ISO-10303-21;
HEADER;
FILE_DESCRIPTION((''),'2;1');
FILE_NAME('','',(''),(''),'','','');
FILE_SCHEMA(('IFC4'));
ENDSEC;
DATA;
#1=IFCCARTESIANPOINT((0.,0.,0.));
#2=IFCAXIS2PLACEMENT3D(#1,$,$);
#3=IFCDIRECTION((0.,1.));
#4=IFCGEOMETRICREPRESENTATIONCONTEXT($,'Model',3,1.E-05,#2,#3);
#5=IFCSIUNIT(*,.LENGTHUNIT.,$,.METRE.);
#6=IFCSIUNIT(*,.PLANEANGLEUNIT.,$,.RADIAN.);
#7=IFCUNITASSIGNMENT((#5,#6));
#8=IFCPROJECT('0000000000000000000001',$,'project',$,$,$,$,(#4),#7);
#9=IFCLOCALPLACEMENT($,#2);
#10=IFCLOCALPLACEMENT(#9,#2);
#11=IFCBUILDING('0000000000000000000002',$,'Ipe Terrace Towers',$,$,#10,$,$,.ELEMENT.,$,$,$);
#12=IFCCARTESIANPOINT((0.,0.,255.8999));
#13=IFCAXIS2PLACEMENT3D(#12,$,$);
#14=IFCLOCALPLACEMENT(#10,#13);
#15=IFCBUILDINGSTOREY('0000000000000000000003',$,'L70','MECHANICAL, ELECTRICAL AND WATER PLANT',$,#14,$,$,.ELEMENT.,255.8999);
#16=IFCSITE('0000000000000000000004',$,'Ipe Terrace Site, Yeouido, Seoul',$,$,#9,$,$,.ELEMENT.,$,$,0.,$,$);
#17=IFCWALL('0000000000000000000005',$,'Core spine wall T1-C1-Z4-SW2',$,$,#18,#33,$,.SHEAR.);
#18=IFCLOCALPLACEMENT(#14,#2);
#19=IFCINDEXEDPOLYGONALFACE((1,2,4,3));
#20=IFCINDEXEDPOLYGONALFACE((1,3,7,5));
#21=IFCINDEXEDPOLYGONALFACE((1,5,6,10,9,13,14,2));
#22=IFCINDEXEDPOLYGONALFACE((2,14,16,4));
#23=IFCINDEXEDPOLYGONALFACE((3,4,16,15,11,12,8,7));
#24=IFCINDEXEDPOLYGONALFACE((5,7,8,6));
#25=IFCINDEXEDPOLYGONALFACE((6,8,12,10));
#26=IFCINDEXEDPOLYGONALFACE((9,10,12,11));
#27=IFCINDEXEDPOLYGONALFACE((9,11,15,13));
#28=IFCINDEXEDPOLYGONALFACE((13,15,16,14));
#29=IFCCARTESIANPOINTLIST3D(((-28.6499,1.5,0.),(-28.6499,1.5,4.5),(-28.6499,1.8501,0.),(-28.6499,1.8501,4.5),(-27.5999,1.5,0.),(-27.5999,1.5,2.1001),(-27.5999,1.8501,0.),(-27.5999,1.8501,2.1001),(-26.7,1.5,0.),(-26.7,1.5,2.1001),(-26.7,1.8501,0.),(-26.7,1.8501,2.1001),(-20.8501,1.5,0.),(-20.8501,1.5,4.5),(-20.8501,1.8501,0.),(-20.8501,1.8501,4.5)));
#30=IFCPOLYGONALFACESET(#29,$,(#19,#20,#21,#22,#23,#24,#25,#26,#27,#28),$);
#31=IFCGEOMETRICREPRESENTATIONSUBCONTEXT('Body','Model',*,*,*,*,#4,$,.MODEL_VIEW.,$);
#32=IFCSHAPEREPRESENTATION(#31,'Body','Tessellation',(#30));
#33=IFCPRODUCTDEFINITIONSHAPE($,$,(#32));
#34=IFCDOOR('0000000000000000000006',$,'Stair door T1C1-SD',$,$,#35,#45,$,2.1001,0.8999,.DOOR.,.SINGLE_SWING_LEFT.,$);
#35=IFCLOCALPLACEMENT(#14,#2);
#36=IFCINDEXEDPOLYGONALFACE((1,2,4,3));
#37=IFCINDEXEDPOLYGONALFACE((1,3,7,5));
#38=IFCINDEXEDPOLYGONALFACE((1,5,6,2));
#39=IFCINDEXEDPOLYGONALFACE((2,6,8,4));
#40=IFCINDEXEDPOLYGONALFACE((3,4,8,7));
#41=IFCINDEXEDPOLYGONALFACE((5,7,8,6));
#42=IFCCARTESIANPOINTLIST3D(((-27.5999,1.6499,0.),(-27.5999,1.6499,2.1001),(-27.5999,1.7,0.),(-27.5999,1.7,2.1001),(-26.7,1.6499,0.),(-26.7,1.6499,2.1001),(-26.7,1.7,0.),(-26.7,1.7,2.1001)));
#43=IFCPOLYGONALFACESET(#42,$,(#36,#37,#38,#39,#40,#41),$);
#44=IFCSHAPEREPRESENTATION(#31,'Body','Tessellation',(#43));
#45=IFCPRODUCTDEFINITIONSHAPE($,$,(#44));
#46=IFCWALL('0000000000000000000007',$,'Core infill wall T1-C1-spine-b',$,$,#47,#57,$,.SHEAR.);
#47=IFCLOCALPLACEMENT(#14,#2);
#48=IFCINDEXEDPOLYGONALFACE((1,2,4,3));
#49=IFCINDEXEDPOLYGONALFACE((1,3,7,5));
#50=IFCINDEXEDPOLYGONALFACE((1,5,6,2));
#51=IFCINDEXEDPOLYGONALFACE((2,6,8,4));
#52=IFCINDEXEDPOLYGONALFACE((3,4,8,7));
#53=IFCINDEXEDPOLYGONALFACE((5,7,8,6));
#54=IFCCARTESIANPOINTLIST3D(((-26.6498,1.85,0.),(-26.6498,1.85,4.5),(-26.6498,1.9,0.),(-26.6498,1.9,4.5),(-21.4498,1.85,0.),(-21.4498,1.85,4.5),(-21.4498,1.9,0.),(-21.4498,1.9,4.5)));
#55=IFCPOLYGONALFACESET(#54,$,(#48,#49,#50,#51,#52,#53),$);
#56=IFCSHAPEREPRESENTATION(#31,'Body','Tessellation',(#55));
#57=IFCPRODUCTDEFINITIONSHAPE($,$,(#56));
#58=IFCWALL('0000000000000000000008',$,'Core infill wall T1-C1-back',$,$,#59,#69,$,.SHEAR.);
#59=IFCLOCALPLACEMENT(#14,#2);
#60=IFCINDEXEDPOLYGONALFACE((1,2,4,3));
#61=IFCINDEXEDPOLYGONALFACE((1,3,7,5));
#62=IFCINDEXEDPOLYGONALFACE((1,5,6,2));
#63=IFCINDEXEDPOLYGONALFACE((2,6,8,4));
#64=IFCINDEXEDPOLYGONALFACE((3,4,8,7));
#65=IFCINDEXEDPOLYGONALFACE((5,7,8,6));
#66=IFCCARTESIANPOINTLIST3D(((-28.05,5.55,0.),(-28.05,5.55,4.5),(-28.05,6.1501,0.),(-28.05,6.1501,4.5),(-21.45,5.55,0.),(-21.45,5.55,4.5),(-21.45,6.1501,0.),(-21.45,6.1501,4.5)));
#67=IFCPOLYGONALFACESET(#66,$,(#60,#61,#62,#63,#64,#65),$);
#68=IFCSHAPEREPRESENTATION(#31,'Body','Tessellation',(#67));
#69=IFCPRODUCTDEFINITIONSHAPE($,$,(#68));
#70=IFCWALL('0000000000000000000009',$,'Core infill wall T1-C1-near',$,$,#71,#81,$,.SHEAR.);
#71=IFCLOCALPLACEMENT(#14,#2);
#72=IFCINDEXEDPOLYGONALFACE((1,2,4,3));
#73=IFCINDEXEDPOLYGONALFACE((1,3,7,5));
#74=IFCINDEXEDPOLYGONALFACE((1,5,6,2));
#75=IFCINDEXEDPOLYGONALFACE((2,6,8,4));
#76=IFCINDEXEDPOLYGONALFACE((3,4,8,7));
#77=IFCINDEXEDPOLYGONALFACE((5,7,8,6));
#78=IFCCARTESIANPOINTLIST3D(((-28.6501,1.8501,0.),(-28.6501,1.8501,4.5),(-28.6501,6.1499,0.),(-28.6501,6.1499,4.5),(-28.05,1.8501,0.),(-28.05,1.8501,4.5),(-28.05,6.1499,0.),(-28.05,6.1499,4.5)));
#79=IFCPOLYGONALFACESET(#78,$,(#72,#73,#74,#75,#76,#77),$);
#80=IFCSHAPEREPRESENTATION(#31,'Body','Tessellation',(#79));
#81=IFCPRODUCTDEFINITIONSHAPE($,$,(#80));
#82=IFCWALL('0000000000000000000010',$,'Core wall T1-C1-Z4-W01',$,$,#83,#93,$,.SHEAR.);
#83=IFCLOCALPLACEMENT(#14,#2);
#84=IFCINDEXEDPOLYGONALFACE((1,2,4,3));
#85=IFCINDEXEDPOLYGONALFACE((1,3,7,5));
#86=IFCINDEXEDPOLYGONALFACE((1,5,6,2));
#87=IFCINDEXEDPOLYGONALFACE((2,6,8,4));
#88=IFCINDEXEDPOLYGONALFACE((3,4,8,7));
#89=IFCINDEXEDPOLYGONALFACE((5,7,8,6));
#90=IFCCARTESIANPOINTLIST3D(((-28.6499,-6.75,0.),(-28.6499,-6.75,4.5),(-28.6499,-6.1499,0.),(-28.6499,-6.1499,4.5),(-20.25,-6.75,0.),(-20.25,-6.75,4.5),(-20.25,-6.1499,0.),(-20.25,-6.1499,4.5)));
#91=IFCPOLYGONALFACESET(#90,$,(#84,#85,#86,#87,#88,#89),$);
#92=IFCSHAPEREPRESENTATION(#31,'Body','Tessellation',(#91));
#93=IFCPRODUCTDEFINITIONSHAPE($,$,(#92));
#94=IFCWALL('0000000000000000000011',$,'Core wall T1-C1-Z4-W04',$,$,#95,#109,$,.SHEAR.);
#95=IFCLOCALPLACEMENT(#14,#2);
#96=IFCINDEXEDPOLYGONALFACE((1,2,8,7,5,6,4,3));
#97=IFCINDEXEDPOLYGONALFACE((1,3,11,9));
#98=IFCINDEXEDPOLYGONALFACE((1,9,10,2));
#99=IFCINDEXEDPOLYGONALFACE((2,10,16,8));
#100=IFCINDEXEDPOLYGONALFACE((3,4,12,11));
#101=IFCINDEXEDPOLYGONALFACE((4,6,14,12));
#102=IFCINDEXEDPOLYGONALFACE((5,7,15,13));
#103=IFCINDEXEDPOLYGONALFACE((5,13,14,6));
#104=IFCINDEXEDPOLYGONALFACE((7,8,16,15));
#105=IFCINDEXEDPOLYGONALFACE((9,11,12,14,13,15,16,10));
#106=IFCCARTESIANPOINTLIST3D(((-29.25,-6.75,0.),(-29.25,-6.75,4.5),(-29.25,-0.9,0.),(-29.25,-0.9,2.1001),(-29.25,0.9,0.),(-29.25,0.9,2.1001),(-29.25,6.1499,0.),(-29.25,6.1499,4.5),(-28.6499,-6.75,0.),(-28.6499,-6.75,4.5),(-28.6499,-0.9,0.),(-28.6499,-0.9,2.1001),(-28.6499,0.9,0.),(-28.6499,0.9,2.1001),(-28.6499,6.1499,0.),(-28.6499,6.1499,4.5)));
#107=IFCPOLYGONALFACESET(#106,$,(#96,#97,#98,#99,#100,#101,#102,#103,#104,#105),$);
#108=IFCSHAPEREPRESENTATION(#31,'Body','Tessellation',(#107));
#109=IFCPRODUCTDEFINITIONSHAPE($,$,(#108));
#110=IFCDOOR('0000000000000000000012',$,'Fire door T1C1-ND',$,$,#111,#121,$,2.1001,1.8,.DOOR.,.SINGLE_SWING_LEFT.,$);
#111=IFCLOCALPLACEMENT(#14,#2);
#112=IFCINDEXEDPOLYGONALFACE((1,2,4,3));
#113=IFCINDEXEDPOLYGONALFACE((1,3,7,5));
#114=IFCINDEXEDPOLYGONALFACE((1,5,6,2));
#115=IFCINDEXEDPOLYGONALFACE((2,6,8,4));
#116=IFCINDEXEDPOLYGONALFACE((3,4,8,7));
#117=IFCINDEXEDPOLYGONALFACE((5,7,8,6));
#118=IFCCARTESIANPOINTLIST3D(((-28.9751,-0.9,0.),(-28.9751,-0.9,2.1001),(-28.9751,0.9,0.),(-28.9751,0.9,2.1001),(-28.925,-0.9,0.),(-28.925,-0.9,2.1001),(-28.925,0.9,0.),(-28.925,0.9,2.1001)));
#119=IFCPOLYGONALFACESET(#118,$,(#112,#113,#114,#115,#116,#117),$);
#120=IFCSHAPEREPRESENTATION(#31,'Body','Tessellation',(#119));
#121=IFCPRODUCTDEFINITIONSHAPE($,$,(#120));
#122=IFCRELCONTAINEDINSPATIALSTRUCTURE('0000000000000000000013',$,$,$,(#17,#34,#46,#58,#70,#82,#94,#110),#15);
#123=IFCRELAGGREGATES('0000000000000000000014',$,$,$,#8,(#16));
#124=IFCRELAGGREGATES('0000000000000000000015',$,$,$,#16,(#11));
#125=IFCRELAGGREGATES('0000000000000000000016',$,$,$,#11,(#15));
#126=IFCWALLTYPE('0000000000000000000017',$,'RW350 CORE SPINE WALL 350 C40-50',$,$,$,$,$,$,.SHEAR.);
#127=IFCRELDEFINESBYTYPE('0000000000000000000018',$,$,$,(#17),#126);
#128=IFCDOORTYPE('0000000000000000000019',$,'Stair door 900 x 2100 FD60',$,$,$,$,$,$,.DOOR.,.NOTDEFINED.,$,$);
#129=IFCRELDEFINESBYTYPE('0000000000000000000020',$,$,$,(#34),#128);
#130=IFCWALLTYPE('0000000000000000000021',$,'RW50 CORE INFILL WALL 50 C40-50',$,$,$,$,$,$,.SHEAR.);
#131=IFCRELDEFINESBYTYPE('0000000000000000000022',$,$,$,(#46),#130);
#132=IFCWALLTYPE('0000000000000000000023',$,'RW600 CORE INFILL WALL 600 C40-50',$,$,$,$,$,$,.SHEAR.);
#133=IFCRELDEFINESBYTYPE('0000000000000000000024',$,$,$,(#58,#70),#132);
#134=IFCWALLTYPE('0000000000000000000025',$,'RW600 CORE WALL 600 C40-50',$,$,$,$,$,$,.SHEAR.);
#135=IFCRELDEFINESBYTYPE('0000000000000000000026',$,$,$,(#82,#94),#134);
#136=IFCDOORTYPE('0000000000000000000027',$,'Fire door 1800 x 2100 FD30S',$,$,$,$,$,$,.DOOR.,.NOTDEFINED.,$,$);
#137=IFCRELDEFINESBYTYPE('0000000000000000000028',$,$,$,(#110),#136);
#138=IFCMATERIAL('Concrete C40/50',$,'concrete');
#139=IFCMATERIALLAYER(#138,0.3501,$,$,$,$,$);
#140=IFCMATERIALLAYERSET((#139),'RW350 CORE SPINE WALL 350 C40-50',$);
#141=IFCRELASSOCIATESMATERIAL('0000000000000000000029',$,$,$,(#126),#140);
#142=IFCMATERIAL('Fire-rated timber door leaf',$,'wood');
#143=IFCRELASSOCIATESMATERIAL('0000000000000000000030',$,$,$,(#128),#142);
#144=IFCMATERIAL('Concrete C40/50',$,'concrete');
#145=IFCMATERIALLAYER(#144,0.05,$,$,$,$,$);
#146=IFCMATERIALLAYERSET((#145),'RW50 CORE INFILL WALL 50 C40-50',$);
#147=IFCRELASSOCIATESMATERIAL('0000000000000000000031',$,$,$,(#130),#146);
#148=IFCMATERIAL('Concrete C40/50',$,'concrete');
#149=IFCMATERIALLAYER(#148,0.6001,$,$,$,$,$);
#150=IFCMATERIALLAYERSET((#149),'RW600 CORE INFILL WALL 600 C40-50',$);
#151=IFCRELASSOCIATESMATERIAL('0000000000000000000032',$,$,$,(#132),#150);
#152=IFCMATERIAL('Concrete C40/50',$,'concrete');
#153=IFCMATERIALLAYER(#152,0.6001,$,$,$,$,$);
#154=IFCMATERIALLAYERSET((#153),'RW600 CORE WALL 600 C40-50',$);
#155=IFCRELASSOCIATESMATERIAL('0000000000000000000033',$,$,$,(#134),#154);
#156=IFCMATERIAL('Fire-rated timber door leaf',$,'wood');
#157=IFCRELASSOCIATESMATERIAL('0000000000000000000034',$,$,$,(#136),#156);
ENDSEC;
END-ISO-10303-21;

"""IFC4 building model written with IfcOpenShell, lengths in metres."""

from ifc_helpers import new_model, si_unit, direction, frame, frame_2d, origin, place, context, subcontext, project, spatial, rectangle, extrude, material, layer, layer_set, type_object, element, fill, save


model = new_model("IFC4")

# Units and contexts
model_context = context("Model", 3, precision=1e-05, world=origin(), true_north=direction((0.0, 1.0)))
body_context = subcontext(model_context, "Body", "Model", "MODEL_VIEW")
ifc_project = project(units=[si_unit("LENGTHUNIT", "METRE"), si_unit("PLANEANGLEUNIT", "RADIAN")], contexts=[model_context])

# Site, building, storey
site_placement = place(None, origin())
site = spatial("IfcSite", under=ifc_project, at=site_placement, Name="Ipe Terrace Site, Yeouido, Seoul", CompositionType="ELEMENT", RefElevation=0.0)
building_placement = place(site_placement, origin())
building = spatial("IfcBuilding", under=site, at=building_placement, Name="Ipe Terrace Towers", CompositionType="ELEMENT")
storey_placement = place(building_placement, frame((0.0, 0.0, 255.8999)))
storey = spatial("IfcBuildingStorey", under=building, at=storey_placement, Name="L70", Description="MECHANICAL, ELECTRICAL AND WATER PLANT", CompositionType="ELEMENT", Elevation=255.8999)

# Shared definitions
ifc_material_1 = material(Name="Concrete C40/50", Category="concrete")
ifc_layer_1 = layer(ifc_material_1, 0.3501)
ifc_layer_set_1 = layer_set([ifc_layer_1], Name="RW350 CORE SPINE WALL 350 C40-50")
wall_type_1 = type_object("IfcWallType", Name="RW350 CORE SPINE WALL 350 C40-50", PredefinedType="SHEAR", material=ifc_layer_set_1)

# Wall, opening, door
wall_1_placement = place(storey_placement, frame((-28.6499, 1.675, 0.0), z_axis=(0.0, 0.0, 1.0), x_axis=(1.0, 0.0, 0.0)))
wall_1 = element("IfcWall", 1, at=wall_1_placement, inside=storey, type_object=wall_type_1, Name="Core spine wall T1-C1-Z4-SW2", PredefinedType="SHEAR", context=body_context, shape_type="SweptSolid", body=[
    extrude(rectangle(XDim=7.7998, YDim=0.3501, at=frame_2d((3.8999, 0.0))), origin(), (0.0, 0.0, 1.0), 4.5),
])
opening_1_placement = place(wall_1_placement, frame((1.05, 0.0, 0.0)))
opening_1 = element("IfcOpeningElement", 2, at=opening_1_placement, cuts=wall_1, PredefinedType="OPENING", context=body_context, shape_type="SweptSolid", body=[
    extrude(rectangle(XDim=0.8999, YDim=2.1001, at=frame_2d((0.45, 1.05))), frame((0.0, 0.1851, 0.0), z_axis=(0.0, -1.0, 0.0), x_axis=(1.0, 0.0, 0.0)), (0.0, 0.0, 1.0), 0.3701),
])
ifc_material_2 = material(Name="Fire-rated timber door leaf", Category="wood")
door_type_1 = type_object("IfcDoorType", Name="Stair door 900 x 2100 FD60", OperationType="NOTDEFINED", PredefinedType="DOOR", material=ifc_material_2)
door_1_placement = place(opening_1_placement, origin())
door_1 = element("IfcDoor", 3, at=door_1_placement, inside=storey, type_object=door_type_1, Name="Stair door T1C1-SD", OperationType="SINGLE_SWING_LEFT", OverallHeight=2.1001, OverallWidth=0.8999, PredefinedType="DOOR", context=body_context, shape_type="SweptSolid", body=[
    extrude(rectangle(XDim=0.8999, YDim=2.1001, at=frame_2d((0.45, 1.05))), frame((0.0, 0.0249, 0.0), z_axis=(0.0, -1.0, 0.0), x_axis=(1.0, 0.0, 0.0)), (0.0, 0.0, 1.0), 0.05),
])
fill(opening_1, door_1)

# Walls
ifc_material_3 = material(Name="Concrete C40/50", Category="concrete")
ifc_layer_2 = layer(ifc_material_3, 0.05)
ifc_layer_set_2 = layer_set([ifc_layer_2], Name="RW50 CORE INFILL WALL 50 C40-50")
wall_type_2 = type_object("IfcWallType", Name="RW50 CORE INFILL WALL 50 C40-50", PredefinedType="SHEAR", material=ifc_layer_set_2)
wall_2_placement = place(storey_placement, frame((-26.6499, 1.875, 0.0), z_axis=(0.0, 0.0, 1.0), x_axis=(1.0, 0.0, 0.0)))
element("IfcWall", 4, at=wall_2_placement, inside=storey, type_object=wall_type_2, Name="Core infill wall T1-C1-spine-b", PredefinedType="SHEAR", context=body_context, shape_type="SweptSolid", body=[
    extrude(rectangle(XDim=5.2, YDim=0.05, at=frame_2d((2.6001, 0.0))), origin(), (0.0, 0.0, 1.0), 4.5),
])
ifc_material_4 = material(Name="Concrete C40/50", Category="concrete")
ifc_layer_3 = layer(ifc_material_4, 0.6001)
ifc_layer_set_3 = layer_set([ifc_layer_3], Name="RW600 CORE INFILL WALL 600 C40-50")
wall_type_3 = type_object("IfcWallType", Name="RW600 CORE INFILL WALL 600 C40-50", PredefinedType="SHEAR", material=ifc_layer_set_3)
wall_3_placement = place(storey_placement, frame((-28.05, 5.8501, 0.0), z_axis=(0.0, 0.0, 1.0), x_axis=(1.0, 0.0, 0.0)))
element("IfcWall", 5, at=wall_3_placement, inside=storey, type_object=wall_type_3, Name="Core infill wall T1-C1-back", PredefinedType="SHEAR", context=body_context, shape_type="SweptSolid", body=[
    extrude(rectangle(XDim=6.6001, YDim=0.6001, at=frame_2d((3.3, 0.0))), origin(), (0.0, 0.0, 1.0), 4.5),
])
wall_4_placement = place(storey_placement, frame((-28.3501, 1.8501, 0.0), z_axis=(0.0, 0.0, 1.0), x_axis=(0.0, 1.0, 0.0)))
element("IfcWall", 6, at=wall_4_placement, inside=storey, type_object=wall_type_3, Name="Core infill wall T1-C1-near", PredefinedType="SHEAR", context=body_context, shape_type="SweptSolid", body=[
    extrude(rectangle(XDim=4.2998, YDim=0.6001, at=frame_2d((2.1499, 0.0))), origin(), (0.0, 0.0, 1.0), 4.5),
])
ifc_material_5 = material(Name="Concrete C40/50", Category="concrete")
ifc_layer_4 = layer(ifc_material_5, 0.6001)
ifc_layer_set_4 = layer_set([ifc_layer_4], Name="RW600 CORE WALL 600 C40-50")
wall_type_4 = type_object("IfcWallType", Name="RW600 CORE WALL 600 C40-50", PredefinedType="SHEAR", material=ifc_layer_set_4)
wall_5_placement = place(storey_placement, frame((-28.6499, -6.45, 0.0), z_axis=(0.0, 0.0, 1.0), x_axis=(1.0, 0.0, 0.0)))
element("IfcWall", 7, at=wall_5_placement, inside=storey, type_object=wall_type_4, Name="Core wall T1-C1-Z4-W01", PredefinedType="SHEAR", context=body_context, shape_type="SweptSolid", body=[
    extrude(rectangle(XDim=8.3999, YDim=0.6001, at=frame_2d((4.2, 0.0))), origin(), (0.0, 0.0, 1.0), 4.5),
])

# Wall, opening, door
wall_6_placement = place(storey_placement, frame((-28.95, 6.1499, 0.0), z_axis=(0.0, 0.0, 1.0), x_axis=(0.0, -1.0, 0.0)))
wall_6 = element("IfcWall", 8, at=wall_6_placement, inside=storey, type_object=wall_type_4, Name="Core wall T1-C1-Z4-W04", PredefinedType="SHEAR", context=body_context, shape_type="SweptSolid", body=[
    extrude(rectangle(XDim=12.8999, YDim=0.6001, at=frame_2d((6.45, 0.0))), origin(), (0.0, 0.0, 1.0), 4.5),
])
opening_2_placement = place(wall_6_placement, frame((5.25, 0.0, 0.0)))
opening_2 = element("IfcOpeningElement", 9, at=opening_2_placement, cuts=wall_6, PredefinedType="OPENING", context=body_context, shape_type="SweptSolid", body=[
    extrude(rectangle(XDim=1.8, YDim=2.1001, at=frame_2d((0.8999, 1.05))), frame((0.0, 0.3101, 0.0), z_axis=(0.0, -1.0, 0.0), x_axis=(1.0, 0.0, 0.0)), (0.0, 0.0, 1.0), 0.6201),
])
ifc_material_6 = material(Name="Fire-rated timber door leaf", Category="wood")
door_type_2 = type_object("IfcDoorType", Name="Fire door 1800 x 2100 FD30S", OperationType="NOTDEFINED", PredefinedType="DOOR", material=ifc_material_6)
door_2_placement = place(opening_2_placement, origin())
door_2 = element("IfcDoor", 10, at=door_2_placement, inside=storey, type_object=door_type_2, Name="Fire door T1C1-ND", OperationType="SINGLE_SWING_LEFT", OverallHeight=2.1001, OverallWidth=1.8, PredefinedType="DOOR", context=body_context, shape_type="SweptSolid", body=[
    extrude(rectangle(XDim=1.8, YDim=2.1001, at=frame_2d((0.8999, 1.05))), frame((0.0, 0.0249, 0.0), z_axis=(0.0, -1.0, 0.0), x_axis=(1.0, 0.0, 0.0)), (0.0, 0.0, 1.0), 0.05),
])
fill(opening_2, door_2)

save(model, "model.ifc")
